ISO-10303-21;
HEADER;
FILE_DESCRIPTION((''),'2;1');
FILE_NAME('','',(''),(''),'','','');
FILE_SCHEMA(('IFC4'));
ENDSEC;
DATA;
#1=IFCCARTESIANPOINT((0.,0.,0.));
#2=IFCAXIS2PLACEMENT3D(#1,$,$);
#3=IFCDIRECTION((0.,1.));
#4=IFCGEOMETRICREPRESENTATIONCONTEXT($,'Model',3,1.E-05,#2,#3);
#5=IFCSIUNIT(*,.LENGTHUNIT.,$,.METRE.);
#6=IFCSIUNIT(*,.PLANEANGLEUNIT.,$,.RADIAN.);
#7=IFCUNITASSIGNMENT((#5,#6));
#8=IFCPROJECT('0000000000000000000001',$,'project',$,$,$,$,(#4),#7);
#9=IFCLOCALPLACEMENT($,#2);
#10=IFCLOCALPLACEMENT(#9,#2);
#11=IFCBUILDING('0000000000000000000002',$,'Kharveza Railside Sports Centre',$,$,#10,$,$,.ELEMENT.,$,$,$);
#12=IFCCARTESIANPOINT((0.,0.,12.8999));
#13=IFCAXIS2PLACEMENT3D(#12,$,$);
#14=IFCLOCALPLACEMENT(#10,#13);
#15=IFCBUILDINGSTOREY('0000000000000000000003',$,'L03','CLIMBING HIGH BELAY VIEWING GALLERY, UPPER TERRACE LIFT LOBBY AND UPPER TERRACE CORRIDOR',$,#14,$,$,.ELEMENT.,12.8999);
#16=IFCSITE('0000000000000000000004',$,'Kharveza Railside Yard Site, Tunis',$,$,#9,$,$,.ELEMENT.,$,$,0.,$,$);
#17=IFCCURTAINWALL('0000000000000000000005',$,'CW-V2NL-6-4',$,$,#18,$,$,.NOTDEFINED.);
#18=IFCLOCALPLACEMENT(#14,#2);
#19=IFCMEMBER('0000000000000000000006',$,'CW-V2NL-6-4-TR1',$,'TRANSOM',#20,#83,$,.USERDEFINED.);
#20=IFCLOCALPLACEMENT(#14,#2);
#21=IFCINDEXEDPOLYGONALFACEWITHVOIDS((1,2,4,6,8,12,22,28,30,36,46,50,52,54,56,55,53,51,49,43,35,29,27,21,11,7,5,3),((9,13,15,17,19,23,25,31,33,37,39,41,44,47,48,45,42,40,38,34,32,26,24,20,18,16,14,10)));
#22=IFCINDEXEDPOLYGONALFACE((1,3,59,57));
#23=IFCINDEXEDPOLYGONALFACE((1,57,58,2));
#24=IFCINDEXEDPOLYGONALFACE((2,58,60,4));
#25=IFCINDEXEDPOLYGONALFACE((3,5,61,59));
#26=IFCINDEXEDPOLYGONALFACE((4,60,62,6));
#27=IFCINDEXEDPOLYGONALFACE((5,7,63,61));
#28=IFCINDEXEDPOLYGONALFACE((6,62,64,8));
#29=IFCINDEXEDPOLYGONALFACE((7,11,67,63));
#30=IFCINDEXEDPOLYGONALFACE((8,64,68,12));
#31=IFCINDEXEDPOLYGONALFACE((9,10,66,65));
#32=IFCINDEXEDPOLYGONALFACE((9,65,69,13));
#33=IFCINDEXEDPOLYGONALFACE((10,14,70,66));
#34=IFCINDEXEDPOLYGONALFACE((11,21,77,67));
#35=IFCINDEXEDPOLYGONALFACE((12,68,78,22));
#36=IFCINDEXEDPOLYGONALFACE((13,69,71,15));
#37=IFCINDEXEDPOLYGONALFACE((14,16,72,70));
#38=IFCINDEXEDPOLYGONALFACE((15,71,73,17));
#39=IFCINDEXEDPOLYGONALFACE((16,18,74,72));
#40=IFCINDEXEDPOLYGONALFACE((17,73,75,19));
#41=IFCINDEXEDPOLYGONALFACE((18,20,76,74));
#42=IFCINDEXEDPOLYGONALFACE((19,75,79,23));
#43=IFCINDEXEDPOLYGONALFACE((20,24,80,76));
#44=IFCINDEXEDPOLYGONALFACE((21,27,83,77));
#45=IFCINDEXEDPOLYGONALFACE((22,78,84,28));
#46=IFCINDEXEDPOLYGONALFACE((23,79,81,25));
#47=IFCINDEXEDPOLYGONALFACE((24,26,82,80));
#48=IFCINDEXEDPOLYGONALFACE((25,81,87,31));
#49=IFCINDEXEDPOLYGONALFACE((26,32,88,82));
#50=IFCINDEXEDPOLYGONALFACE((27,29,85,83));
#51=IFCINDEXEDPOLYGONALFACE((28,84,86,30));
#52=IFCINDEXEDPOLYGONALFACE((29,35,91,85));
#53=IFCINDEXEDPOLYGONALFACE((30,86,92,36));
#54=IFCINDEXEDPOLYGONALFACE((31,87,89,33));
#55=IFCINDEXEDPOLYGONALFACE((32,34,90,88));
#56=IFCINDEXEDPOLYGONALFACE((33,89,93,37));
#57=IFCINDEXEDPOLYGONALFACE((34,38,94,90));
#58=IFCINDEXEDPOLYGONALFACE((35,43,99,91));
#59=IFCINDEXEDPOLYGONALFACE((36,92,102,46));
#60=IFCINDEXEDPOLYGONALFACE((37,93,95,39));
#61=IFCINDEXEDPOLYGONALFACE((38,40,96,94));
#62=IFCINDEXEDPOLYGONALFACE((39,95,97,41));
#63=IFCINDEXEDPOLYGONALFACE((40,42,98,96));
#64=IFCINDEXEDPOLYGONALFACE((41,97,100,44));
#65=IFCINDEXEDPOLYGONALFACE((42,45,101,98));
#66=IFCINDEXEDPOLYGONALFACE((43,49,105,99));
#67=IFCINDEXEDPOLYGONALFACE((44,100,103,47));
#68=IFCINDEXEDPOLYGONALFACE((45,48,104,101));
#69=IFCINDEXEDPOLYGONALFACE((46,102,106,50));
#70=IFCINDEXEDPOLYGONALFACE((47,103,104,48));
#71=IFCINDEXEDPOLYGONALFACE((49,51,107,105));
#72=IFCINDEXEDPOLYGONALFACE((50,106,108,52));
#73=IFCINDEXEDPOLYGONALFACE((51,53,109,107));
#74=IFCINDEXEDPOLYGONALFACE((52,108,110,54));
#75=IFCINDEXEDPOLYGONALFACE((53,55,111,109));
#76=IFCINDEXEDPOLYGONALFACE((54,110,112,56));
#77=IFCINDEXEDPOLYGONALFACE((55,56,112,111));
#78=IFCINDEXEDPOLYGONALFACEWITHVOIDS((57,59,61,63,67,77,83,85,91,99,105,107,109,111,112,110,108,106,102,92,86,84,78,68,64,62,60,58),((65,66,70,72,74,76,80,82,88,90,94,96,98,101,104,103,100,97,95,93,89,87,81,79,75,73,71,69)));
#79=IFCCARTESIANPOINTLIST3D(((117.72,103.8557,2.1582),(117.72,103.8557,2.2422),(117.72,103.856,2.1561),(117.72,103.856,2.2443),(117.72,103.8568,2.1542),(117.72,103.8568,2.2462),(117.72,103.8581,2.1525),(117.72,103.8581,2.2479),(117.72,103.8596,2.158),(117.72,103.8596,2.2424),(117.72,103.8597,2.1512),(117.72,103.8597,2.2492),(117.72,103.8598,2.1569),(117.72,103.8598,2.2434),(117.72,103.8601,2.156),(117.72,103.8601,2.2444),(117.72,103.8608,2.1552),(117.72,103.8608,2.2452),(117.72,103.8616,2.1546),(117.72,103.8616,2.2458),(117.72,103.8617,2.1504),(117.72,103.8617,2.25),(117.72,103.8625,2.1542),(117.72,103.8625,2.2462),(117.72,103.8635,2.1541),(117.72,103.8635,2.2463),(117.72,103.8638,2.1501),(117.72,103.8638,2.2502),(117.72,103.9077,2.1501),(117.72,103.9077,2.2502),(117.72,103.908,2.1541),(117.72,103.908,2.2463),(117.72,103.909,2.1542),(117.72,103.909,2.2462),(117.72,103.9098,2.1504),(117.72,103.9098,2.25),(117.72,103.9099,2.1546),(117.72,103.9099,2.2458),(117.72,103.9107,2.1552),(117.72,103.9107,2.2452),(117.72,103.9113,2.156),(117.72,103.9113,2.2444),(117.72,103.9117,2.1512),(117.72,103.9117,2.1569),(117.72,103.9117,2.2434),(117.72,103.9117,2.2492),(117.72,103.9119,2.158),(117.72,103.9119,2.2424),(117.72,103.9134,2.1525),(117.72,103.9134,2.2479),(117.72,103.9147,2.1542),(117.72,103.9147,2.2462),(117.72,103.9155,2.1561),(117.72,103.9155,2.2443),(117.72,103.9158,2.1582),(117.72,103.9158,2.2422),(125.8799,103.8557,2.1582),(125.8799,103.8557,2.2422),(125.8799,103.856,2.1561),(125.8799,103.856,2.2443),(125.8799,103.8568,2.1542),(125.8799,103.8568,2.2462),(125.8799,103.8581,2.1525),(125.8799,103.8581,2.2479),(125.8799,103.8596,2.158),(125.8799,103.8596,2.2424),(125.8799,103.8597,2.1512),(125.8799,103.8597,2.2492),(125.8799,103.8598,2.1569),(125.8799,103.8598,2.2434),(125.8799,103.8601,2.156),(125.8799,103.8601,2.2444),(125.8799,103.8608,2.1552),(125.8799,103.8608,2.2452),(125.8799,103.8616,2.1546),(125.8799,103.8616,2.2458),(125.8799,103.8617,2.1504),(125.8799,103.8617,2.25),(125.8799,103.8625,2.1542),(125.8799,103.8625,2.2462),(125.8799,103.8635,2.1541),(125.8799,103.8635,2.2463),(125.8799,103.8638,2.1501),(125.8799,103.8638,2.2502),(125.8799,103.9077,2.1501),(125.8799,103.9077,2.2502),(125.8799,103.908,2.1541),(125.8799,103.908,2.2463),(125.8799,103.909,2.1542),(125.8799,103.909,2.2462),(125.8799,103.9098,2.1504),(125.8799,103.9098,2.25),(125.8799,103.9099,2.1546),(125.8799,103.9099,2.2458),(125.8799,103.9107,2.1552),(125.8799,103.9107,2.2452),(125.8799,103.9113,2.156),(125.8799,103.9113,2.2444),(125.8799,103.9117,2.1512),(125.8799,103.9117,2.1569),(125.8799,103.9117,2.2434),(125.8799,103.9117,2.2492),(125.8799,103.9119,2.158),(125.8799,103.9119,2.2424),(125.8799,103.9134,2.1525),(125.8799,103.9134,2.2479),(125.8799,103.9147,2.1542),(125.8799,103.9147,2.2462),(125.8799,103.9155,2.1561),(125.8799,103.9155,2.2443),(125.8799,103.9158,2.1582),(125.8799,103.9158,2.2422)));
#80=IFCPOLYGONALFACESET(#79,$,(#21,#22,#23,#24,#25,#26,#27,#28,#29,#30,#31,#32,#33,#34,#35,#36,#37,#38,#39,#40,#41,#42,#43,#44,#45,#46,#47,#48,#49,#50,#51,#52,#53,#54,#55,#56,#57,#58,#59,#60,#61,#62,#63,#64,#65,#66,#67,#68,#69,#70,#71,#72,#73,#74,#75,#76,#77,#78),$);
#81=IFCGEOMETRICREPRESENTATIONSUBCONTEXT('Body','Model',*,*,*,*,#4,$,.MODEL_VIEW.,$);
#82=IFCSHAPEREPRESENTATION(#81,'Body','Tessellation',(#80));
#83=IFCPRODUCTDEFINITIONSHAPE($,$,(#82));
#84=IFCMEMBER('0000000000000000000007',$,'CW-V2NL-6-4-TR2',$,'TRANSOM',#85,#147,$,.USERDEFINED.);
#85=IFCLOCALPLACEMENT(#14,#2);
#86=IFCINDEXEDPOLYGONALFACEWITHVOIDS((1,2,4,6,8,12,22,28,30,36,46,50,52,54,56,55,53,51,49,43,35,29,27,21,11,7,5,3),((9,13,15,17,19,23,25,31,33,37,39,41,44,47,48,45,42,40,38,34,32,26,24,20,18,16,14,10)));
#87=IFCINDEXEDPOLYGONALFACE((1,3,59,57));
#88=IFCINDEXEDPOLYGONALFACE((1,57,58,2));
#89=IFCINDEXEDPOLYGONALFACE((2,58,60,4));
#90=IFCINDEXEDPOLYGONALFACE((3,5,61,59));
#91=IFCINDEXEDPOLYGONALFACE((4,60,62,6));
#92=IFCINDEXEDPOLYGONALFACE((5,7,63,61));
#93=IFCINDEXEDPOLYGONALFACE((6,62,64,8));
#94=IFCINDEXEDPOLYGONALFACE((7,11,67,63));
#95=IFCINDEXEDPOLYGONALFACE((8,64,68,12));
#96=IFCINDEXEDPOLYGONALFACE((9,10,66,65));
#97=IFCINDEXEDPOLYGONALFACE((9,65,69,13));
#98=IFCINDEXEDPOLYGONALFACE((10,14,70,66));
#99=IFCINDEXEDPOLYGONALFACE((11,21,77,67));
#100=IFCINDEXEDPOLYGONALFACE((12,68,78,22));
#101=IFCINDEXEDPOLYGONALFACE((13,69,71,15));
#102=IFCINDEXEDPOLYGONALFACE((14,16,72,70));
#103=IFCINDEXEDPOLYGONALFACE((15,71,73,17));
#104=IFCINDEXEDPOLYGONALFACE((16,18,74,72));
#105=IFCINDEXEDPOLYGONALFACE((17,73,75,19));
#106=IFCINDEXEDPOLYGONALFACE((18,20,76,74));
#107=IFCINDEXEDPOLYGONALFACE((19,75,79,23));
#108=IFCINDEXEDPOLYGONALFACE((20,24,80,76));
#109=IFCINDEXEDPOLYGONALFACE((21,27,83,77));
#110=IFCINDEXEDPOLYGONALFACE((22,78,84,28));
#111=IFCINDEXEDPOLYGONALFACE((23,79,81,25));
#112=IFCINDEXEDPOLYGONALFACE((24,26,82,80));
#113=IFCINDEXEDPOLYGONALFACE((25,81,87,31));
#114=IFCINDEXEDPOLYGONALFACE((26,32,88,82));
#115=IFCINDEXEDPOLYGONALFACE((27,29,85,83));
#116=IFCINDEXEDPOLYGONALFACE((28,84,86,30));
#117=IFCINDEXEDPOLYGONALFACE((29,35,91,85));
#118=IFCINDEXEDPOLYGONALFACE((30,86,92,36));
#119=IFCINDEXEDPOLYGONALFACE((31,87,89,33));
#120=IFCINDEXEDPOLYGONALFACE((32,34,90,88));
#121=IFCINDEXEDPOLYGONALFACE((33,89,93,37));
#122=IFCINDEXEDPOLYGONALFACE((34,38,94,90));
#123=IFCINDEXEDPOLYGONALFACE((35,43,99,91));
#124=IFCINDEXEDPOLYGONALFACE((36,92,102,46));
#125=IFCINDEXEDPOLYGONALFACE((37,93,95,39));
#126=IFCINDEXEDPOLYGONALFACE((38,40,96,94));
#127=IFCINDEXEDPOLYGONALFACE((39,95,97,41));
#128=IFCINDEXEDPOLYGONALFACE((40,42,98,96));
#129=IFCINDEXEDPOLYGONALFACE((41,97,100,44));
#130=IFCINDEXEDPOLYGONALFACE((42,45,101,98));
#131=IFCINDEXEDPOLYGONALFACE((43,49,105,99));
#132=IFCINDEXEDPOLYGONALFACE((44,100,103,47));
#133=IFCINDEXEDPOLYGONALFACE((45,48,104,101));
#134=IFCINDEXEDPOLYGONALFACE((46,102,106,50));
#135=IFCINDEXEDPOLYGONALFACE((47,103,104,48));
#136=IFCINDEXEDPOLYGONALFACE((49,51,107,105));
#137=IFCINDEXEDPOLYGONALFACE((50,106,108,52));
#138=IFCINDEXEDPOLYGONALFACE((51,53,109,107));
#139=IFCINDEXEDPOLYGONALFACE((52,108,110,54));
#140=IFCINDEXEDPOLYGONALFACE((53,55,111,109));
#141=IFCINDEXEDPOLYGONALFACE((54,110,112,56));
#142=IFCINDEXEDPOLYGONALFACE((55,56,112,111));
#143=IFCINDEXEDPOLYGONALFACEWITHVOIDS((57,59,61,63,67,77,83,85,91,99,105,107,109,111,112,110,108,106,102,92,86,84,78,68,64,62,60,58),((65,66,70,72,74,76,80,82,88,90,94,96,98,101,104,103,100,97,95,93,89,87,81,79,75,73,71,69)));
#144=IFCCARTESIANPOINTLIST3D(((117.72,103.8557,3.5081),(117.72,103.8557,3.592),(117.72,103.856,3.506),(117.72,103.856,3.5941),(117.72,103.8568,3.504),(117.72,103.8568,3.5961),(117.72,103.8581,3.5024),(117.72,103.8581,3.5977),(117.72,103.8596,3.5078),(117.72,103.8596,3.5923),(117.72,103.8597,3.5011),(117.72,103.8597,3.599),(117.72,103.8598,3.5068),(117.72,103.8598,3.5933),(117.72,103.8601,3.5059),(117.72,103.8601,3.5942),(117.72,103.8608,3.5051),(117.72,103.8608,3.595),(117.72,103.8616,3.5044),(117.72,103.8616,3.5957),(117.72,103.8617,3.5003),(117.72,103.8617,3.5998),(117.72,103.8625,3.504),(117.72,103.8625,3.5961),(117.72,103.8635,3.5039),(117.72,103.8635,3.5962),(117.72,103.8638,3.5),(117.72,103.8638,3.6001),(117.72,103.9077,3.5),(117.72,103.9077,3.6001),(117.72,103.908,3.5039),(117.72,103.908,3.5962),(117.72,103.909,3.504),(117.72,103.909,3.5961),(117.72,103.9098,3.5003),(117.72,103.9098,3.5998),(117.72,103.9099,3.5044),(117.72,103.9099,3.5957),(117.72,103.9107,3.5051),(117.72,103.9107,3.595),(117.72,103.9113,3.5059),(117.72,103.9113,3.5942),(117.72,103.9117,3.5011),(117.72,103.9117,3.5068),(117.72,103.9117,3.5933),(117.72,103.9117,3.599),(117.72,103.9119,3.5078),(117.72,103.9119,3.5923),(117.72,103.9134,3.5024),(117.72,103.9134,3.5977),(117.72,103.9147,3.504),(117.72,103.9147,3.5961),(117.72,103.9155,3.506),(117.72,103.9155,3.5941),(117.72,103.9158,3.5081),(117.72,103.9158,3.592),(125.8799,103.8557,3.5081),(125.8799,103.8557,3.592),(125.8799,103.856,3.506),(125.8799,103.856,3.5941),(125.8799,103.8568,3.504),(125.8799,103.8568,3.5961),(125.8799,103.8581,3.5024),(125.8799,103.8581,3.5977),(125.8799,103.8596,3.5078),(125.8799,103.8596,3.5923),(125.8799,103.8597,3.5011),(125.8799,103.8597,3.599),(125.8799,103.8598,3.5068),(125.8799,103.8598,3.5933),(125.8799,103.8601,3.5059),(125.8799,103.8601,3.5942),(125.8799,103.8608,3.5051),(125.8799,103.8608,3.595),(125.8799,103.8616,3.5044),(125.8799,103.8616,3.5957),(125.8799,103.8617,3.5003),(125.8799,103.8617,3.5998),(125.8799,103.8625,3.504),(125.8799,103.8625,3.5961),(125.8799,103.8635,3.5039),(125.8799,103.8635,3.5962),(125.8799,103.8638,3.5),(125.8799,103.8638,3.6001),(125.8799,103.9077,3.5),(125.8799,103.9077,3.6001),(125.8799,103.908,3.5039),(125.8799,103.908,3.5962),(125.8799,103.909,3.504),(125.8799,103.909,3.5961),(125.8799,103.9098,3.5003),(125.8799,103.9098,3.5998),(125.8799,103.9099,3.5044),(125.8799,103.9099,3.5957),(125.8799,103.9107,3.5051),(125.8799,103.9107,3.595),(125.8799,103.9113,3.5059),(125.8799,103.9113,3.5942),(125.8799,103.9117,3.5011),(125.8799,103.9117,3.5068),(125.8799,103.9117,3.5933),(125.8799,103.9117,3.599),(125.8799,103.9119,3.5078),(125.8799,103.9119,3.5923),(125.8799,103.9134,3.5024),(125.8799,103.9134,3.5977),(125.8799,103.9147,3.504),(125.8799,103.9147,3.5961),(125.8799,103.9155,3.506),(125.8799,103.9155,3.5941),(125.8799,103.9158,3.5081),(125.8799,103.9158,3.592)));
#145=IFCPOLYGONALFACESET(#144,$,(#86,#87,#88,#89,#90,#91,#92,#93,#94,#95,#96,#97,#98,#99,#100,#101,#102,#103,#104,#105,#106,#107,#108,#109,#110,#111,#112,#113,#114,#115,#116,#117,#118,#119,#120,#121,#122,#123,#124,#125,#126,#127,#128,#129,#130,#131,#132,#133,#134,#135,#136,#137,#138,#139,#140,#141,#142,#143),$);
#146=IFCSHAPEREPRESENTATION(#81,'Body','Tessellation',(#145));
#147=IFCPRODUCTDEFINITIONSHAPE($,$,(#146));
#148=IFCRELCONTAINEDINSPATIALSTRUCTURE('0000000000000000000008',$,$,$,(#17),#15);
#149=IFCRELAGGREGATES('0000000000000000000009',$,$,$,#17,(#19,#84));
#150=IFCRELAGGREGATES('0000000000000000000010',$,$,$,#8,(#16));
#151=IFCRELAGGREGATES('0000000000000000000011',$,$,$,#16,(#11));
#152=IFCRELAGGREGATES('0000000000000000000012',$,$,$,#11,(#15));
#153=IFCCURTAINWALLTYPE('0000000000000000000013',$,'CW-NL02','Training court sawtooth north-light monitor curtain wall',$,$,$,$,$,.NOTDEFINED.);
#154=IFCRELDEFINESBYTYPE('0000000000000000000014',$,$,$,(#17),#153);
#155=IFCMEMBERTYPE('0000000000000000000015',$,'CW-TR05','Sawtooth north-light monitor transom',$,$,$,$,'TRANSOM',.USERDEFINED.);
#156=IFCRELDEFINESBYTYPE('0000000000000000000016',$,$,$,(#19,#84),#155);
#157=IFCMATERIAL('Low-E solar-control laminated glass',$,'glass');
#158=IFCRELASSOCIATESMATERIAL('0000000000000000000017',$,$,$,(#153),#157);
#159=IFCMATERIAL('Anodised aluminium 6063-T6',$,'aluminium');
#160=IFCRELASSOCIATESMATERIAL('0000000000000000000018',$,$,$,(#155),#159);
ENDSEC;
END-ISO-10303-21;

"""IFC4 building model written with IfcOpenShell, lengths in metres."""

from ifc_helpers import new_model, si_unit, direction, frame, origin, origin_2d, place, context, subcontext, project, spatial, hollow_rectangle, extrude, material, material_profile, profile_set, type_object, element, aggregate, save


model = new_model("IFC4")

# Units and contexts
model_context = context("Model", 3, precision=1e-05, world=origin(), true_north=direction((0.0, 1.0)))
body_context = subcontext(model_context, "Body", "Model", "MODEL_VIEW")
ifc_project = project(units=[si_unit("LENGTHUNIT", "METRE"), si_unit("PLANEANGLEUNIT", "RADIAN")], contexts=[model_context])

# Site, building, storey
site_placement = place(None, origin())
site = spatial("IfcSite", under=ifc_project, at=site_placement, Name="Kharveza Railside Yard Site, Tunis", CompositionType="ELEMENT", RefElevation=0.0)
building_placement = place(site_placement, origin())
building = spatial("IfcBuilding", under=site, at=building_placement, Name="Kharveza Railside Sports Centre", CompositionType="ELEMENT")
storey_placement = place(building_placement, frame((0.0, 0.0, 12.8999)))
storey = spatial("IfcBuildingStorey", under=building, at=storey_placement, Name="L03", Description="CLIMBING HIGH BELAY VIEWING GALLERY, UPPER TERRACE LIFT LOBBY AND UPPER TERRACE CORRIDOR", CompositionType="ELEMENT", Elevation=12.8999)

# Curtain wall
ifc_material_1 = material(Name="Low-E solar-control laminated glass", Category="glass")
curtain_wall_type = type_object("IfcCurtainWallType", Name="CW-NL02", Description="Training court sawtooth north-light monitor curtain wall", PredefinedType="NOTDEFINED", material=ifc_material_1)
curtain_wall_1_placement = place(storey_placement, origin())
curtain_wall_1 = element("IfcCurtainWall", 1, at=curtain_wall_1_placement, inside=storey, type_object=curtain_wall_type, Name="CW-V2NL-6-4", PredefinedType="NOTDEFINED")
ifc_material_2 = material(Name="Anodised aluminium 6063-T6", Category="aluminium")

# Members
ifc_material_profile_1 = material_profile(ifc_material_2, hollow_rectangle(XDim=0.0601, YDim=0.1001, WallThickness=0.0039, InnerFilletRadius=0.0039, OuterFilletRadius=0.0081, at=origin_2d()), Name="RHS 60x100x4.0")
ifc_profile_set_1 = profile_set([ifc_material_profile_1], Name="Anodised aluminium 6063-T6")
member_type_1 = type_object("IfcMemberType", Name="CW-TR05", Description="Sawtooth north-light monitor transom", ElementType="TRANSOM", PredefinedType="USERDEFINED", material=ifc_profile_set_1)
member_1_placement = place(storey_placement, frame((117.72, 103.8857, 2.2002), z_axis=(1.0, 0.0, 0.0), x_axis=(0.0, 1.0, 0.0)))
member_1 = element("IfcMember", 2, at=member_1_placement, type_object=member_type_1, Name="CW-V2NL-6-4-TR1", ObjectType="TRANSOM", PredefinedType="USERDEFINED", context=body_context, shape_type="SweptSolid", body=[
    extrude(hollow_rectangle(XDim=0.0601, YDim=0.1001, WallThickness=0.0039, InnerFilletRadius=0.0039, OuterFilletRadius=0.0081, at=origin_2d()), origin(), (0.0, 0.0, 1.0), 8.1599),
])
member_2_placement = place(storey_placement, frame((117.72, 103.8857, 3.55), z_axis=(1.0, 0.0, 0.0), x_axis=(0.0, 1.0, 0.0)))
member_2 = element("IfcMember", 3, at=member_2_placement, type_object=member_type_1, Name="CW-V2NL-6-4-TR2", ObjectType="TRANSOM", PredefinedType="USERDEFINED", context=body_context, shape_type="SweptSolid", body=[
    extrude(hollow_rectangle(XDim=0.0601, YDim=0.1001, WallThickness=0.0039, InnerFilletRadius=0.0039, OuterFilletRadius=0.0081, at=origin_2d()), origin(), (0.0, 0.0, 1.0), 8.1599),
])

aggregate(curtain_wall_1, [member_1, member_2])

save(model, "model.ifc")
